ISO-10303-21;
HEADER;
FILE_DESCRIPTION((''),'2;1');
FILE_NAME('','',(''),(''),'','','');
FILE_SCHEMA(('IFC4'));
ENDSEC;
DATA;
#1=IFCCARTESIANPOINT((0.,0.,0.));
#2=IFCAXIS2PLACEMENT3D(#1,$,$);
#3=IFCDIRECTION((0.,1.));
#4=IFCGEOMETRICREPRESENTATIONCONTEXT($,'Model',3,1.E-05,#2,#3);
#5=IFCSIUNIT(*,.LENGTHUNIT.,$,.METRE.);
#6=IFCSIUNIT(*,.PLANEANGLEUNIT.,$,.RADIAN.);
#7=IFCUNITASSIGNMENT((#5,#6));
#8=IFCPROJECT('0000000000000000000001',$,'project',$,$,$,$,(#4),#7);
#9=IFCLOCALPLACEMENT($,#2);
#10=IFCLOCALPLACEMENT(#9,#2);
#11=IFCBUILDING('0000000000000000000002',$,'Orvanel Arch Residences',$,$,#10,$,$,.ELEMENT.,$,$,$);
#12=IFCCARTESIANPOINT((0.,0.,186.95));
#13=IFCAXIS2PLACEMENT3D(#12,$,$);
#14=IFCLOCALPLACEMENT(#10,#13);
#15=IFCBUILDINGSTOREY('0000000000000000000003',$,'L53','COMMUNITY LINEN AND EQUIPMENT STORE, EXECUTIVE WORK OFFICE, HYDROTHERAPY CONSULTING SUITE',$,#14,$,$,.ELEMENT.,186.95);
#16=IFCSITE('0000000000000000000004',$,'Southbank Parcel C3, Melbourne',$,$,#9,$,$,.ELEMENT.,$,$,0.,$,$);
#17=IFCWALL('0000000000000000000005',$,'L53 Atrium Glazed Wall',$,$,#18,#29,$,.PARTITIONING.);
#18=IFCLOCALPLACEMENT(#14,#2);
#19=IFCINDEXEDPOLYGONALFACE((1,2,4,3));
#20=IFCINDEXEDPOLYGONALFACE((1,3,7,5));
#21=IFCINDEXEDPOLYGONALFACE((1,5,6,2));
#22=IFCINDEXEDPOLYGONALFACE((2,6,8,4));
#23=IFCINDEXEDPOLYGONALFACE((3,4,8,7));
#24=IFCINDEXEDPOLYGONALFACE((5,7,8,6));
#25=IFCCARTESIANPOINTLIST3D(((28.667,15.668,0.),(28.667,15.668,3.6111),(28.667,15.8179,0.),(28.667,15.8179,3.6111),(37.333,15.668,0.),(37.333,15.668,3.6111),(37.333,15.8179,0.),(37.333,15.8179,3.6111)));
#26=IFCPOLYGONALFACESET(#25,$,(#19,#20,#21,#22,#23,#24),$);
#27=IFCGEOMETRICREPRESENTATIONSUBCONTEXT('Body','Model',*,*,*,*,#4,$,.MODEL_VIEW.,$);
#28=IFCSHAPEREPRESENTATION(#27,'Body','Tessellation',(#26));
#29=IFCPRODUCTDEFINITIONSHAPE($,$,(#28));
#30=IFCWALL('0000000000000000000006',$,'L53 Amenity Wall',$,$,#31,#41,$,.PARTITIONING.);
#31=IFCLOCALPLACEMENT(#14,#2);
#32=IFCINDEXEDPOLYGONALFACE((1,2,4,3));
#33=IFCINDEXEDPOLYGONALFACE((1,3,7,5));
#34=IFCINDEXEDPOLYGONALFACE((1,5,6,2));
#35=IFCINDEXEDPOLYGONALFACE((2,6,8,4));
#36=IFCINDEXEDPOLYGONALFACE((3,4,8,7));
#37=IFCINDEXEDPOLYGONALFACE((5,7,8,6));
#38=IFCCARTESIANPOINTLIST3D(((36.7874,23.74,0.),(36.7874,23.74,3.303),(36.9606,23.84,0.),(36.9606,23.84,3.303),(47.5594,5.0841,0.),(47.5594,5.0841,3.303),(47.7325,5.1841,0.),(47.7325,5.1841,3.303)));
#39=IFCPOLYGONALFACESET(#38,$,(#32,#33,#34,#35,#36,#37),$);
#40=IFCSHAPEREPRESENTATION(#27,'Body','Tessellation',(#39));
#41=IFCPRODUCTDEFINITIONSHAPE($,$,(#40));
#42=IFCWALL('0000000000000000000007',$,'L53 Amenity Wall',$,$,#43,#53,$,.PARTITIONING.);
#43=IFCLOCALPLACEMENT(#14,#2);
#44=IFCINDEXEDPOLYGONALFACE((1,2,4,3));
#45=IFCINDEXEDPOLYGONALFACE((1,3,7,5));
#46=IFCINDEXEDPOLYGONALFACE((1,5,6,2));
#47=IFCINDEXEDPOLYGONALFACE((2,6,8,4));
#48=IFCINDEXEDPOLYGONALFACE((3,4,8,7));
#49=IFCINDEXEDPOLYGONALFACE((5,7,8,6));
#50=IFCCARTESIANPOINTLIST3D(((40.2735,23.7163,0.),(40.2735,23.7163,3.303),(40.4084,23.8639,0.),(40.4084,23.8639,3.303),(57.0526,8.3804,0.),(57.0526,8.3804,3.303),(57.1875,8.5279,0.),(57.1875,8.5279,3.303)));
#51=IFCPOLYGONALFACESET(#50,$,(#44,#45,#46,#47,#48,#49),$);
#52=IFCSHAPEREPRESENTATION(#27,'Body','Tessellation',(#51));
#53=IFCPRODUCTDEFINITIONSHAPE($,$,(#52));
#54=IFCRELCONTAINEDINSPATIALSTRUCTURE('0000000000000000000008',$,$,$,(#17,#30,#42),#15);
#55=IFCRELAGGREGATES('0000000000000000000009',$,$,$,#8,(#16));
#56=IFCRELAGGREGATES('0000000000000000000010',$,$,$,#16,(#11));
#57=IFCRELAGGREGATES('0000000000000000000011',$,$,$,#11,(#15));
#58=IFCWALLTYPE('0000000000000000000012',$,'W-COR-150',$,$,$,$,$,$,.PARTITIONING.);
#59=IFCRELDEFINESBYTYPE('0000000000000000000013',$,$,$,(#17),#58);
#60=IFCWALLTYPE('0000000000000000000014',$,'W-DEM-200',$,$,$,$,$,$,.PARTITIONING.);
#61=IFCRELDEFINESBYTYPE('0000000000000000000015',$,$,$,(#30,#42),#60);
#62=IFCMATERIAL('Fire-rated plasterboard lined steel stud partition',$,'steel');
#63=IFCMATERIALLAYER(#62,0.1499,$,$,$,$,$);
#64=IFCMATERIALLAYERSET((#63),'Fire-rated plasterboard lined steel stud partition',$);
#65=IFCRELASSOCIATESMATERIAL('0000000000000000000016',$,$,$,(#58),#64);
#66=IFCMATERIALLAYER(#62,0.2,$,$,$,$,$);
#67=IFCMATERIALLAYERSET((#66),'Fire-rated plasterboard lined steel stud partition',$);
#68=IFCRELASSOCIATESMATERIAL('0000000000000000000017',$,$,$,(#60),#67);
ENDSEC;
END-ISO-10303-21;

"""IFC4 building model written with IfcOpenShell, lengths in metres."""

from ifc_helpers import new_model, si_unit, direction, frame, frame_2d, origin, place, context, subcontext, project, spatial, rectangle, extrude, material, layer, layer_set, type_object, element, save


model = new_model("IFC4")

# Units and contexts
model_context = context("Model", 3, precision=1e-05, world=origin(), true_north=direction((0.0, 1.0)))
body_context = subcontext(model_context, "Body", "Model", "MODEL_VIEW")
ifc_project = project(units=[si_unit("LENGTHUNIT", "METRE"), si_unit("PLANEANGLEUNIT", "RADIAN")], contexts=[model_context])

# Site, building, storey
site_placement = place(None, origin())
site = spatial("IfcSite", under=ifc_project, at=site_placement, Name="Southbank Parcel C3, Melbourne", CompositionType="ELEMENT", RefElevation=0.0)
building_placement = place(site_placement, origin())
building = spatial("IfcBuilding", under=site, at=building_placement, Name="Orvanel Arch Residences", CompositionType="ELEMENT")
storey_placement = place(building_placement, frame((0.0, 0.0, 186.95)))
storey = spatial("IfcBuildingStorey", under=building, at=storey_placement, Name="L53", Description="COMMUNITY LINEN AND EQUIPMENT STORE, EXECUTIVE WORK OFFICE, HYDROTHERAPY CONSULTING SUITE", CompositionType="ELEMENT", Elevation=186.95)

# Shared definitions
ifc_material_1 = material(Name="Fire-rated plasterboard lined steel stud partition", Category="steel")
ifc_layer_1 = layer(ifc_material_1, 0.1499)
ifc_layer_set_1 = layer_set([ifc_layer_1], Name="Fire-rated plasterboard lined steel stud partition")
wall_type_1 = type_object("IfcWallType", Name="W-COR-150", PredefinedType="PARTITIONING", material=ifc_layer_set_1)

# Walls
wall_1_placement = place(storey_placement, frame((37.333, 15.7429, 0.0), z_axis=(0.0, 0.0, 1.0), x_axis=(-1.0, 0.0, 0.0)))
element("IfcWall", 1, at=wall_1_placement, inside=storey, type_object=wall_type_1, Name="L53 Atrium Glazed Wall", PredefinedType="PARTITIONING", context=body_context, shape_type="SweptSolid", body=[
    extrude(rectangle(XDim=8.666, YDim=0.1499, at=frame_2d((4.333, 0.0))), origin(), (0.0, 0.0, 1.0), 3.6111),
])
ifc_layer_2 = layer(ifc_material_1, 0.2)
ifc_layer_set_2 = layer_set([ifc_layer_2], Name="Fire-rated plasterboard lined steel stud partition")
wall_type_2 = type_object("IfcWallType", Name="W-DEM-200", PredefinedType="PARTITIONING", material=ifc_layer_set_2)
wall_2_placement = place(storey_placement, frame((36.874, 23.79, 0.0), z_axis=(0.0, 0.0, 1.0), x_axis=(0.500032, -0.866007, 0.0)))
element("IfcWall", 2, at=wall_2_placement, inside=storey, type_object=wall_type_2, Name="L53 Amenity Wall", PredefinedType="PARTITIONING", context=body_context, shape_type="SweptSolid", body=[
    extrude(rectangle(XDim=21.5425, YDim=0.2, at=frame_2d((10.7712, 0.0))), origin(), (0.0, 0.0, 1.0), 3.303),
])
wall_3_placement = place(storey_placement, frame((40.3411, 23.79, 0.0), z_axis=(0.0, 0.0, 1.0), x_axis=(0.738136, -0.674652, 0.0)))
element("IfcWall", 3, at=wall_3_placement, inside=storey, type_object=wall_type_2, Name="L53 Amenity Wall", PredefinedType="PARTITIONING", context=body_context, shape_type="SweptSolid", body=[
    extrude(rectangle(XDim=22.7317, YDim=0.2, at=frame_2d((11.3657, 0.0))), origin(), (0.0, 0.0, 1.0), 3.303),
])

save(model, "model.ifc")
